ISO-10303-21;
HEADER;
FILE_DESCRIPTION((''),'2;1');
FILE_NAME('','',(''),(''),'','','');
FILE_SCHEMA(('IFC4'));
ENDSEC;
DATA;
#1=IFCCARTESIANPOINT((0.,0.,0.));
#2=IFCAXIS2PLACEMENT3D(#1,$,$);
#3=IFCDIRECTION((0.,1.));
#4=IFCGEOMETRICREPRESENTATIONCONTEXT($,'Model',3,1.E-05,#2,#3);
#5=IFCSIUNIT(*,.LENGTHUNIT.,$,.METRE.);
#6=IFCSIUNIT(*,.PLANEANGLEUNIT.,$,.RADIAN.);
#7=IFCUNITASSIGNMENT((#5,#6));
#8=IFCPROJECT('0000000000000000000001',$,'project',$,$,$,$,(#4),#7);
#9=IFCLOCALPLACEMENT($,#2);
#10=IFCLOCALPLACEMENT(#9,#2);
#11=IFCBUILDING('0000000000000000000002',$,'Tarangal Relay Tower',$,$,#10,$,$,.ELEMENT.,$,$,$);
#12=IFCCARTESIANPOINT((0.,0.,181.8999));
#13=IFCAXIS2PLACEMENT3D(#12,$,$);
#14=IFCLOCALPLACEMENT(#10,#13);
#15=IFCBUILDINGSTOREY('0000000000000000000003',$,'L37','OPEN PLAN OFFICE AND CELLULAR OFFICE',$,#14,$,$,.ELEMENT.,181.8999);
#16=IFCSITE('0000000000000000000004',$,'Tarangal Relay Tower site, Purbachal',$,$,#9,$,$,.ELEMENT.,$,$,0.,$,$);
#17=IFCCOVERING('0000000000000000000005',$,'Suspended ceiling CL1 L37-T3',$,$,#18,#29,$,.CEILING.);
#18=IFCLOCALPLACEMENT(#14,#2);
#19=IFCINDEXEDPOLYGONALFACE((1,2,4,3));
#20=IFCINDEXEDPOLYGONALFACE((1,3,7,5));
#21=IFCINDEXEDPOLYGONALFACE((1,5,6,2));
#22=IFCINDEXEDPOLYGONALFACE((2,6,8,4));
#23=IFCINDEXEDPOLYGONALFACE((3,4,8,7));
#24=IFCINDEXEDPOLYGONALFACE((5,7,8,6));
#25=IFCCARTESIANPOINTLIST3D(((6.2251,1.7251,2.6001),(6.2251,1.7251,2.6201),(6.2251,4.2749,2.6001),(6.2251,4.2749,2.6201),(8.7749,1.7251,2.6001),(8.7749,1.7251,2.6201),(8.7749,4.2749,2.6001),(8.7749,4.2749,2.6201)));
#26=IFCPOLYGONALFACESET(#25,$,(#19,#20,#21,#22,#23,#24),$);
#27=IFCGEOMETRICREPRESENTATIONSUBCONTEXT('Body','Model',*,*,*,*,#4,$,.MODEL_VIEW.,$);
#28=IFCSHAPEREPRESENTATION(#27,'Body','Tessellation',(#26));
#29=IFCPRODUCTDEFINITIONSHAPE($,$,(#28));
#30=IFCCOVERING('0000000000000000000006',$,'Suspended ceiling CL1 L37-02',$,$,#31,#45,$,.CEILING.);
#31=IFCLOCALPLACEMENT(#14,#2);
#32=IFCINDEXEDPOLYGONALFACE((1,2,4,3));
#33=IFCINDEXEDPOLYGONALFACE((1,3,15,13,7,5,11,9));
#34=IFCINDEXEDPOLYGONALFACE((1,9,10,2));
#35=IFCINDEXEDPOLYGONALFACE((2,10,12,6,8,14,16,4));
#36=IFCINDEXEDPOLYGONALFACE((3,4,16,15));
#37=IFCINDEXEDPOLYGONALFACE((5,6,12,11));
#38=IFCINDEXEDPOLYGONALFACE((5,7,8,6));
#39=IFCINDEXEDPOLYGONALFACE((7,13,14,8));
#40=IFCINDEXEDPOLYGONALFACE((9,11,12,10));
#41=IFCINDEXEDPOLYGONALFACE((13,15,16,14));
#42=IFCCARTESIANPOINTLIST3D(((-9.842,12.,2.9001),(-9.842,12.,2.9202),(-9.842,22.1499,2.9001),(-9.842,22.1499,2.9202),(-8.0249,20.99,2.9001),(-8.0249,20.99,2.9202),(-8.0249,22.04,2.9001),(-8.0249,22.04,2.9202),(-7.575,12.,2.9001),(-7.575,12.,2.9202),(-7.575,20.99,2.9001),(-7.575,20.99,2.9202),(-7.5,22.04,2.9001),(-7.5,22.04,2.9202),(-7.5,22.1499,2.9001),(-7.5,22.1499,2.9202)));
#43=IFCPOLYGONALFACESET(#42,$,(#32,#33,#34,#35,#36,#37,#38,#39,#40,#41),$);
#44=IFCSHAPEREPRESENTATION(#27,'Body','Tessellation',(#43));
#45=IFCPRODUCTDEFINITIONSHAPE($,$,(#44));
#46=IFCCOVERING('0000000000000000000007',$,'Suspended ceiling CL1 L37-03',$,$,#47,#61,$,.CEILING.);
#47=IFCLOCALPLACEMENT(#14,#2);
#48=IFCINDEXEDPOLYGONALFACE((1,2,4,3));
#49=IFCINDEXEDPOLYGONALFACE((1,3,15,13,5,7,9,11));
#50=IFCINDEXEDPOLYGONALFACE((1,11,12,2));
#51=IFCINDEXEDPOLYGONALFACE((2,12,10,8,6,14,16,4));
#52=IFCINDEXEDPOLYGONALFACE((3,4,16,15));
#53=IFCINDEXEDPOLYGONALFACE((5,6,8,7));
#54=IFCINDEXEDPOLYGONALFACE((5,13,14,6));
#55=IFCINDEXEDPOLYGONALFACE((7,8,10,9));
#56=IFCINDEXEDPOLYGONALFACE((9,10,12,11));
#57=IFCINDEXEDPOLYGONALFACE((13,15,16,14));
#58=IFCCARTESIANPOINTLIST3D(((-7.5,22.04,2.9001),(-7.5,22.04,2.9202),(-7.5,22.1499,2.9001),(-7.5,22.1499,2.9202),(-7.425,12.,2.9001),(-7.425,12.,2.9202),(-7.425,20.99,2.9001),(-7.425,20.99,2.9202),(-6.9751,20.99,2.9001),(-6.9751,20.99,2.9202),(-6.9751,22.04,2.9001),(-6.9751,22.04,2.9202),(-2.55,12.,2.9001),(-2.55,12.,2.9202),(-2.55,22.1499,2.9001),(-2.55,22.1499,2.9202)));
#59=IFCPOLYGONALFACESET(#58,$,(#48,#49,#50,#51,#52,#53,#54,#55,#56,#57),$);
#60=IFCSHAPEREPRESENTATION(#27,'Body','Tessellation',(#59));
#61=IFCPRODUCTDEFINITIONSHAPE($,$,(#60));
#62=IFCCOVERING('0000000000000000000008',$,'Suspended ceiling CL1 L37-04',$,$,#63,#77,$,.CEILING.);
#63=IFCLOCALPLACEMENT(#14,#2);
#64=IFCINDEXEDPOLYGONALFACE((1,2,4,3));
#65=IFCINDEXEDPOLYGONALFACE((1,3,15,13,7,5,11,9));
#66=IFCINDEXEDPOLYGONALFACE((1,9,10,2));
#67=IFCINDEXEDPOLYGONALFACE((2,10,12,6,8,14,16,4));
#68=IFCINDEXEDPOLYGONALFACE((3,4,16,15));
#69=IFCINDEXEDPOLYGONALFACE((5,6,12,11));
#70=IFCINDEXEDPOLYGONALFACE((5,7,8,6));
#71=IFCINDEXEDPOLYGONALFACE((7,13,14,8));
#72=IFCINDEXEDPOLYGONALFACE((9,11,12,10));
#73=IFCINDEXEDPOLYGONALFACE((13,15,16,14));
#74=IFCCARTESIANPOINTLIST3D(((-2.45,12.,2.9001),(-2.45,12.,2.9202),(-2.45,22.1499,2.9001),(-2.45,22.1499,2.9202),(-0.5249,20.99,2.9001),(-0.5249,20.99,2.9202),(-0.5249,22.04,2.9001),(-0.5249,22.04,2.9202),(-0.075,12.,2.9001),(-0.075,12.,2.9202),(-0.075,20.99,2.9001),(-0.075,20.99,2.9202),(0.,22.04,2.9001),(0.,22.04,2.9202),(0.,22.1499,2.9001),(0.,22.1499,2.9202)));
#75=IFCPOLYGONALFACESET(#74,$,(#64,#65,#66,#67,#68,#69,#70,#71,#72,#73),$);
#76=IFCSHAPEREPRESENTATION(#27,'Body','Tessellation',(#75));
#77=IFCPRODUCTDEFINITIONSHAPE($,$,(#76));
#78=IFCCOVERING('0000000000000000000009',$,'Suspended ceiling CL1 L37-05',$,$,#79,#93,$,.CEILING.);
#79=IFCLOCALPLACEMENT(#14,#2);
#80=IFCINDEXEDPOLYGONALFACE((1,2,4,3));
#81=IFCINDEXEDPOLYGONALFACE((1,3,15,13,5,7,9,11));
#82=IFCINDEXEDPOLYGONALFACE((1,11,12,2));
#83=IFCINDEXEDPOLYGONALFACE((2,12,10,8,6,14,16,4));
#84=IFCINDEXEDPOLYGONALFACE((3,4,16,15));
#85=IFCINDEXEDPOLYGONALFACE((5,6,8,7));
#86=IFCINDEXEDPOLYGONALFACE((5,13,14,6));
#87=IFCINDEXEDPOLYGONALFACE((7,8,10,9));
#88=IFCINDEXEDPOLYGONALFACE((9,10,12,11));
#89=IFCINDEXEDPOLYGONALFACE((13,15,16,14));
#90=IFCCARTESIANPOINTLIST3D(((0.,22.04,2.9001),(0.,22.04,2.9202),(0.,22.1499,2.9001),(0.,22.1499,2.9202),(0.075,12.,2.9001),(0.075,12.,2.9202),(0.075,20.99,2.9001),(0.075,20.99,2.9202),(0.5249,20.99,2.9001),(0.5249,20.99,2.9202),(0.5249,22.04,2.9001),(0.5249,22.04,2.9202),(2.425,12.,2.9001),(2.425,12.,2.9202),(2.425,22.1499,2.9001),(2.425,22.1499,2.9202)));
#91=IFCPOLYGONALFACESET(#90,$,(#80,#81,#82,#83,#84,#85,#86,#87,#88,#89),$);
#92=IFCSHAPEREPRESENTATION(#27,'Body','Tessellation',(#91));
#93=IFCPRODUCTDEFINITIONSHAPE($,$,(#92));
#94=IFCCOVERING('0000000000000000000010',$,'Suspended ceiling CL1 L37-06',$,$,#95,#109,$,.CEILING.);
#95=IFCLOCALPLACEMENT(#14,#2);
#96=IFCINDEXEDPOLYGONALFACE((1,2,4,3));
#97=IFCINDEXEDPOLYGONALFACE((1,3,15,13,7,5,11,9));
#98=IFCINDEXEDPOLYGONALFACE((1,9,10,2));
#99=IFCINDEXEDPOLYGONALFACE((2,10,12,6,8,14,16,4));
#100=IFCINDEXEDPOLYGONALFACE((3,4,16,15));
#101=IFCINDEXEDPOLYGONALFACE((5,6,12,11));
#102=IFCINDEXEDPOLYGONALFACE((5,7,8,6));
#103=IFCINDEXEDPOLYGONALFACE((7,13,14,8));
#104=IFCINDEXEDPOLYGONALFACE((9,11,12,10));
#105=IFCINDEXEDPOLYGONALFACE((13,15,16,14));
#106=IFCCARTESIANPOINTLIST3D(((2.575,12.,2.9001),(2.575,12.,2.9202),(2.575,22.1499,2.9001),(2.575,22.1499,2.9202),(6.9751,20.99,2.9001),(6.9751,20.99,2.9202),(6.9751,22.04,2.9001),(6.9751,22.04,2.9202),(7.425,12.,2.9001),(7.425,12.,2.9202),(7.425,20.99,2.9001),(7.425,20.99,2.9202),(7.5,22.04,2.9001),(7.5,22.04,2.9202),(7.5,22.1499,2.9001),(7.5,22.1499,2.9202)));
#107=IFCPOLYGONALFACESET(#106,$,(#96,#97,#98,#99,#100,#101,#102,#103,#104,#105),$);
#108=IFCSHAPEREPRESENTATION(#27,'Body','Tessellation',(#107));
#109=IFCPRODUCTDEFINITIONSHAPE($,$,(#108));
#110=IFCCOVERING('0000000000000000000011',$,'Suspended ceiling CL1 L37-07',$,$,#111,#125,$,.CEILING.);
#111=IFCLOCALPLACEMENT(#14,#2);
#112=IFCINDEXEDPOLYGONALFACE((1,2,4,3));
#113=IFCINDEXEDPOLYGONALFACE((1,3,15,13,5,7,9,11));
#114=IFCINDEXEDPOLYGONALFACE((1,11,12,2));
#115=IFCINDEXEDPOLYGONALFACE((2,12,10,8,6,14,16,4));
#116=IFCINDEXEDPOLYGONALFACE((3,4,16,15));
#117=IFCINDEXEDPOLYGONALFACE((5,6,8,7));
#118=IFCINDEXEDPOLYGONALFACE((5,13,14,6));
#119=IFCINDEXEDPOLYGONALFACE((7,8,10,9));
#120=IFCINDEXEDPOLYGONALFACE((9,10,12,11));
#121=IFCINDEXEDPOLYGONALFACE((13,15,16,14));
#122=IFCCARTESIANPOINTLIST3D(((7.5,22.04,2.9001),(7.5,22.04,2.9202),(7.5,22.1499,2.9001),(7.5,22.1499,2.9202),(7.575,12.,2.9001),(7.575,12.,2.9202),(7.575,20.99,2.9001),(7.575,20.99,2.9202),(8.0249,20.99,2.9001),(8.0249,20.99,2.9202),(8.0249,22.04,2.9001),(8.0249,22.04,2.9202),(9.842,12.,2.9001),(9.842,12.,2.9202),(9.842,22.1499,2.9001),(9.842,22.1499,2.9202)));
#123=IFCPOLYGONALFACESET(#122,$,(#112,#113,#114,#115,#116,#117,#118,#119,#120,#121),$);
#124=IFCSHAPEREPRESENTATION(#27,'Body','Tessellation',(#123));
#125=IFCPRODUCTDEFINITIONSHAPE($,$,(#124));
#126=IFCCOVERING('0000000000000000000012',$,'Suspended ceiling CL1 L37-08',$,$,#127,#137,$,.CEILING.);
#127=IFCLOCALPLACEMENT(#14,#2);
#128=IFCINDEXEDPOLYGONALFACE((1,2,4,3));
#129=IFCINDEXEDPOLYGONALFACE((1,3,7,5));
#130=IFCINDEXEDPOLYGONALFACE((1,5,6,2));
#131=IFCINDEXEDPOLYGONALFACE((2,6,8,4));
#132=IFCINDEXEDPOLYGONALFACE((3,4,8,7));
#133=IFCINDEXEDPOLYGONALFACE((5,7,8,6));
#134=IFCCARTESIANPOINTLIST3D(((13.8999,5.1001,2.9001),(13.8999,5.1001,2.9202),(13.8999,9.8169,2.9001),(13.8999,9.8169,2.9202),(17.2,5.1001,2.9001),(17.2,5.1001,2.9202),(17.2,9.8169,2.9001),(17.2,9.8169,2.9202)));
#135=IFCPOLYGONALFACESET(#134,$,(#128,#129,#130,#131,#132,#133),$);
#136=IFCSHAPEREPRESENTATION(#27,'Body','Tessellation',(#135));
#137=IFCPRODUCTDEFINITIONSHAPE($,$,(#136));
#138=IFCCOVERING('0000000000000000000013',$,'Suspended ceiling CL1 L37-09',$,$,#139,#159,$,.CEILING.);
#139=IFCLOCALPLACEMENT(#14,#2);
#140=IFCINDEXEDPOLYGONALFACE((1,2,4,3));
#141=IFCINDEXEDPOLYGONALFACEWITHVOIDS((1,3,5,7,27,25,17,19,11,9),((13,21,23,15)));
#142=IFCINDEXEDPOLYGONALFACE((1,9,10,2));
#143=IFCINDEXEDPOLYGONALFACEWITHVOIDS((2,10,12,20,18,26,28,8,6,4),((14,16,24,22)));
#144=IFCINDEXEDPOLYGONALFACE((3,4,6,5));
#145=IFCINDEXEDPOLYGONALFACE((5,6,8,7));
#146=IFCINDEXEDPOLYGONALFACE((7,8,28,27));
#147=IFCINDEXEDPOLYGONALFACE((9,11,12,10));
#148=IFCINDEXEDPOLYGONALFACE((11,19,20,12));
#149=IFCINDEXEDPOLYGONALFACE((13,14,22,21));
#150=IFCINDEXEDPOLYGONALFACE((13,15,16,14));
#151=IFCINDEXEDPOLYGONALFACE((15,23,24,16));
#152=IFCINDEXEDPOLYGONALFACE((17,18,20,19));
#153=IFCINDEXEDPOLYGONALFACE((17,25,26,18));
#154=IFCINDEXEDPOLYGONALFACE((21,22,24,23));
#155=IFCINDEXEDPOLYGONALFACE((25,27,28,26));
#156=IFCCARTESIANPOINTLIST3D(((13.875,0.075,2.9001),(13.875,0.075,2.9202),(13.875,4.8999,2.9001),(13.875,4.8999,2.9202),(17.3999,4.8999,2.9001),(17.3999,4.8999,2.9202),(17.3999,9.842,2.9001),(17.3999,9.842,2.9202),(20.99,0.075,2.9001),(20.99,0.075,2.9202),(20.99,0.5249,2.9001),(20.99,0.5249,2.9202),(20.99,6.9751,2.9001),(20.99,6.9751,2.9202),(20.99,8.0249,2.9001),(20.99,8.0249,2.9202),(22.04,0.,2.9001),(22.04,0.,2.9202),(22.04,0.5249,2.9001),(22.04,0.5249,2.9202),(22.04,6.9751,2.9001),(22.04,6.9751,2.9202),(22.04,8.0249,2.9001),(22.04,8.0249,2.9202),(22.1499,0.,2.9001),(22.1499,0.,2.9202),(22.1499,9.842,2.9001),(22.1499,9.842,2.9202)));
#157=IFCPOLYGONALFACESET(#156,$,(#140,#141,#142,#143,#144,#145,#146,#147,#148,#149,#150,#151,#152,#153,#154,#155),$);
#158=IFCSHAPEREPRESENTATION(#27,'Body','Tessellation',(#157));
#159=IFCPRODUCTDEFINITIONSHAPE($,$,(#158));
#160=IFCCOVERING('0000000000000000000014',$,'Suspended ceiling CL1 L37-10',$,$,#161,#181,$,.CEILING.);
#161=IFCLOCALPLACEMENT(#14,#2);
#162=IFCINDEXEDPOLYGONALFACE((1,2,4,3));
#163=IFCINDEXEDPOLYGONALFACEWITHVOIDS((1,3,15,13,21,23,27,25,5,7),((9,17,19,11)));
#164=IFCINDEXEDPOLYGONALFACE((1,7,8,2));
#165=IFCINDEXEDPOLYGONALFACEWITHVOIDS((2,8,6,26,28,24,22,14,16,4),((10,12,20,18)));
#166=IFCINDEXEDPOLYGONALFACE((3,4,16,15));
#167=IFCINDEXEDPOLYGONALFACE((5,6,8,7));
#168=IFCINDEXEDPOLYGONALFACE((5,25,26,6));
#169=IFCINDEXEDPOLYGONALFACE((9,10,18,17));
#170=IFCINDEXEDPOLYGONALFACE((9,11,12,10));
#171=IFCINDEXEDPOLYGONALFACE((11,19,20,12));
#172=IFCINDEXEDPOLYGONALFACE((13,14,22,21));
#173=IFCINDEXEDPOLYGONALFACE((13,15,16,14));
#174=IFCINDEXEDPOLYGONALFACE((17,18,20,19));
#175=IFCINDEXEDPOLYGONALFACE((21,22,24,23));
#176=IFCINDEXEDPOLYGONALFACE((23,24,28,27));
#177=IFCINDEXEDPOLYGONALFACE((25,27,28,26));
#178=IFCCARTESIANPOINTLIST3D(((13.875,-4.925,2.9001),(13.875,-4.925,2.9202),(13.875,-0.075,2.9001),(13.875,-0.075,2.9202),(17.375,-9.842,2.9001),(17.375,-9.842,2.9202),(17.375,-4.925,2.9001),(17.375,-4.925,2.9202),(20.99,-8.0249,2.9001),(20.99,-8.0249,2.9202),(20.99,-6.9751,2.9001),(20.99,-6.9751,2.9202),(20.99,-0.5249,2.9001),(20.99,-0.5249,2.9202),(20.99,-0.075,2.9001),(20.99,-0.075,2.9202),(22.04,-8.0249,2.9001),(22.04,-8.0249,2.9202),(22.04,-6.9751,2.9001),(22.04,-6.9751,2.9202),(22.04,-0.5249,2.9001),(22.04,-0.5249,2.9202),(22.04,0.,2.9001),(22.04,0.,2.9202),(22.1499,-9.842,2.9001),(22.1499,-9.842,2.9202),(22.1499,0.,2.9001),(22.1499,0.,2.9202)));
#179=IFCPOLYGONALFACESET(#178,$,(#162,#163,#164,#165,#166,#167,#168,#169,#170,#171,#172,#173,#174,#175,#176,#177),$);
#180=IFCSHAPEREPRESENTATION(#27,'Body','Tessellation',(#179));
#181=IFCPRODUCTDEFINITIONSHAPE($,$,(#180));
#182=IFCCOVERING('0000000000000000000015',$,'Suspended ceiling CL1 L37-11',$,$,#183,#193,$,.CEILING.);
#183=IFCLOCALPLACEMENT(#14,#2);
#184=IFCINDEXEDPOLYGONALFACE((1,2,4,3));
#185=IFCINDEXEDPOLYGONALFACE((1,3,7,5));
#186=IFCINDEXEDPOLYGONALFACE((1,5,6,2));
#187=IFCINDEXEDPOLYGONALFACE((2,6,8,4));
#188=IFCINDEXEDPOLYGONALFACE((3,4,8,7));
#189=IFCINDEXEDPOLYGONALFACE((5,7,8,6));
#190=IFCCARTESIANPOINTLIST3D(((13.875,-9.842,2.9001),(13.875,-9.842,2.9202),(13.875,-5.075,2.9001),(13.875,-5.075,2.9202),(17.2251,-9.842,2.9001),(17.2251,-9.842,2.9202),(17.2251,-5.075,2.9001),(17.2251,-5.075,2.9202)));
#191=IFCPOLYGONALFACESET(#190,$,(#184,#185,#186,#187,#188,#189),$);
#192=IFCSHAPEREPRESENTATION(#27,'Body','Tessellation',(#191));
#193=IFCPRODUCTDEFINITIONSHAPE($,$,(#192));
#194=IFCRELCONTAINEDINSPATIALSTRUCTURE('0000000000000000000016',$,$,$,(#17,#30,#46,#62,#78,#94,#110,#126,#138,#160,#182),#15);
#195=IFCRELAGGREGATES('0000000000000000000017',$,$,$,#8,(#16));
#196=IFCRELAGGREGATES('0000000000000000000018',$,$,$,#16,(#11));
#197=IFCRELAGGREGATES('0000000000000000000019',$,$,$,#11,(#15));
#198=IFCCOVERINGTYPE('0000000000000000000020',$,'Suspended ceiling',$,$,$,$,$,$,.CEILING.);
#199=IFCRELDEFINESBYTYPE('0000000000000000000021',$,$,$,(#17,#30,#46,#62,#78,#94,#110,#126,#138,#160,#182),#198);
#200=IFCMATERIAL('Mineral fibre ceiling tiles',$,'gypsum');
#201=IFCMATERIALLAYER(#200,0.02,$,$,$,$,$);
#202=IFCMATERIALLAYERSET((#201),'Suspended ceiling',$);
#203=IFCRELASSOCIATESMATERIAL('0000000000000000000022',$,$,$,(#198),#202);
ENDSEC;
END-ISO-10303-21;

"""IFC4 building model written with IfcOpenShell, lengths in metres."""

from ifc_helpers import new_model, si_unit, direction, frame, origin, place, context, subcontext, project, spatial, polyline, outline, extrude, material, layer, layer_set, type_object, element, save


model = new_model("IFC4")

# Units and contexts
model_context = context("Model", 3, precision=1e-05, world=origin(), true_north=direction((0.0, 1.0)))
body_context = subcontext(model_context, "Body", "Model", "MODEL_VIEW")
ifc_project = project(units=[si_unit("LENGTHUNIT", "METRE"), si_unit("PLANEANGLEUNIT", "RADIAN")], contexts=[model_context])

# Site, building, storey
site_placement = place(None, origin())
site = spatial("IfcSite", under=ifc_project, at=site_placement, Name="Tarangal Relay Tower site, Purbachal", CompositionType="ELEMENT", RefElevation=0.0)
building_placement = place(site_placement, origin())
building = spatial("IfcBuilding", under=site, at=building_placement, Name="Tarangal Relay Tower", CompositionType="ELEMENT")
storey_placement = place(building_placement, frame((0.0, 0.0, 181.8999)))
storey = spatial("IfcBuildingStorey", under=building, at=storey_placement, Name="L37", Description="OPEN PLAN OFFICE AND CELLULAR OFFICE", CompositionType="ELEMENT", Elevation=181.8999)

# Coverings
ifc_material_1 = material(Name="Mineral fibre ceiling tiles", Category="gypsum")
ifc_layer_1 = layer(ifc_material_1, 0.02)
ifc_layer_set_1 = layer_set([ifc_layer_1], Name="Suspended ceiling")
covering_type_1 = type_object("IfcCoveringType", Name="Suspended ceiling", PredefinedType="CEILING", material=ifc_layer_set_1)
covering_1_placement = place(storey_placement, frame((0.0, 0.0, 2.6001)))
element("IfcCovering", 1, at=covering_1_placement, inside=storey, type_object=covering_type_1, Name="Suspended ceiling CL1 L37-T3", PredefinedType="CEILING", context=body_context, shape_type="SweptSolid", body=[
    extrude(outline(polyline([(6.2251, 1.7251), (8.7749, 1.7251), (8.7749, 4.2749), (6.2251, 4.2749), (6.2251, 1.7251)])), origin(), (0.0, 0.0, 1.0), 0.02),
])
covering_2_placement = place(storey_placement, frame((0.0, 0.0, 2.9001)))
element("IfcCovering", 2, at=covering_2_placement, inside=storey, type_object=covering_type_1, Name="Suspended ceiling CL1 L37-02", PredefinedType="CEILING", context=body_context, shape_type="SweptSolid", body=[
    extrude(outline(polyline([(-7.575, 20.99), (-8.0249, 20.99), (-8.0249, 22.04), (-7.5, 22.04), (-7.5, 22.1499), (-9.842, 22.1499), (-9.842, 12.0), (-7.575, 12.0), (-7.575, 20.99)])), origin(), (0.0, 0.0, 1.0), 0.02),
])
covering_3_placement = place(storey_placement, frame((0.0, 0.0, 2.9001)))
element("IfcCovering", 3, at=covering_3_placement, inside=storey, type_object=covering_type_1, Name="Suspended ceiling CL1 L37-03", PredefinedType="CEILING", context=body_context, shape_type="SweptSolid", body=[
    extrude(outline(polyline([(-7.425, 12.0), (-2.55, 12.0), (-2.55, 22.1499), (-7.5, 22.1499), (-7.5, 22.04), (-6.9751, 22.04), (-6.9751, 20.99), (-7.425, 20.99), (-7.425, 12.0)])), origin(), (0.0, 0.0, 1.0), 0.02),
])
covering_4_placement = place(storey_placement, frame((0.0, 0.0, 2.9001)))
element("IfcCovering", 4, at=covering_4_placement, inside=storey, type_object=covering_type_1, Name="Suspended ceiling CL1 L37-04", PredefinedType="CEILING", context=body_context, shape_type="SweptSolid", body=[
    extrude(outline(polyline([(-0.075, 20.99), (-0.5249, 20.99), (-0.5249, 22.04), (0.0, 22.04), (0.0, 22.1499), (-2.45, 22.1499), (-2.45, 12.0), (-0.075, 12.0), (-0.075, 20.99)])), origin(), (0.0, 0.0, 1.0), 0.02),
])
covering_5_placement = place(storey_placement, frame((0.0, 0.0, 2.9001)))
element("IfcCovering", 5, at=covering_5_placement, inside=storey, type_object=covering_type_1, Name="Suspended ceiling CL1 L37-05", PredefinedType="CEILING", context=body_context, shape_type="SweptSolid", body=[
    extrude(outline(polyline([(0.075, 12.0), (2.425, 12.0), (2.425, 22.1499), (0.0, 22.1499), (0.0, 22.04), (0.5249, 22.04), (0.5249, 20.99), (0.075, 20.99), (0.075, 12.0)])), origin(), (0.0, 0.0, 1.0), 0.02),
])
covering_6_placement = place(storey_placement, frame((0.0, 0.0, 2.9001)))
element("IfcCovering", 6, at=covering_6_placement, inside=storey, type_object=covering_type_1, Name="Suspended ceiling CL1 L37-06", PredefinedType="CEILING", context=body_context, shape_type="SweptSolid", body=[
    extrude(outline(polyline([(7.425, 20.99), (6.9751, 20.99), (6.9751, 22.04), (7.5, 22.04), (7.5, 22.1499), (2.575, 22.1499), (2.575, 12.0), (7.425, 12.0), (7.425, 20.99)])), origin(), (0.0, 0.0, 1.0), 0.02),
])
covering_7_placement = place(storey_placement, frame((0.0, 0.0, 2.9001)))
element("IfcCovering", 7, at=covering_7_placement, inside=storey, type_object=covering_type_1, Name="Suspended ceiling CL1 L37-07", PredefinedType="CEILING", context=body_context, shape_type="SweptSolid", body=[
    extrude(outline(polyline([(7.575, 12.0), (9.842, 12.0), (9.842, 22.1499), (7.5, 22.1499), (7.5, 22.04), (8.0249, 22.04), (8.0249, 20.99), (7.575, 20.99), (7.575, 12.0)])), origin(), (0.0, 0.0, 1.0), 0.02),
])
covering_8_placement = place(storey_placement, frame((0.0, 0.0, 2.9001)))
element("IfcCovering", 8, at=covering_8_placement, inside=storey, type_object=covering_type_1, Name="Suspended ceiling CL1 L37-08", PredefinedType="CEILING", context=body_context, shape_type="SweptSolid", body=[
    extrude(outline(polyline([(17.2, 9.8169), (13.8999, 9.8169), (13.8999, 5.1001), (17.2, 5.1001), (17.2, 9.8169)])), origin(), (0.0, 0.0, 1.0), 0.02),
])
covering_9_placement = place(storey_placement, frame((0.0, 0.0, 2.9001)))
element("IfcCovering", 9, at=covering_9_placement, inside=storey, type_object=covering_type_1, Name="Suspended ceiling CL1 L37-09", PredefinedType="CEILING", context=body_context, shape_type="SweptSolid", body=[
    extrude(outline(polyline([(22.1499, 0.0), (22.1499, 9.842), (17.3999, 9.842), (17.3999, 4.8999), (13.875, 4.8999), (13.875, 0.075), (20.99, 0.075), (20.99, 0.5249), (22.04, 0.5249), (22.04, 0.0), (22.1499, 0.0)]), holes=[polyline([(22.04, 6.9751), (22.04, 8.0249), (20.99, 8.0249), (20.99, 6.9751), (22.04, 6.9751)])]), origin(), (0.0, 0.0, 1.0), 0.02),
])
covering_10_placement = place(storey_placement, frame((0.0, 0.0, 2.9001)))
element("IfcCovering", 10, at=covering_10_placement, inside=storey, type_object=covering_type_1, Name="Suspended ceiling CL1 L37-10", PredefinedType="CEILING", context=body_context, shape_type="SweptSolid", body=[
    extrude(outline(polyline([(22.1499, 0.0), (22.04, 0.0), (22.04, -0.5249), (20.99, -0.5249), (20.99, -0.075), (13.875, -0.075), (13.875, -4.925), (17.375, -4.925), (17.375, -9.842), (22.1499, -9.842), (22.1499, 0.0)]), holes=[polyline([(22.04, -8.0249), (22.04, -6.9751), (20.99, -6.9751), (20.99, -8.0249), (22.04, -8.0249)])]), origin(), (0.0, 0.0, 1.0), 0.02),
])
covering_11_placement = place(storey_placement, frame((0.0, 0.0, 2.9001)))
element("IfcCovering", 11, at=covering_11_placement, inside=storey, type_object=covering_type_1, Name="Suspended ceiling CL1 L37-11", PredefinedType="CEILING", context=body_context, shape_type="SweptSolid", body=[
    extrude(outline(polyline([(13.875, -5.075), (13.875, -9.842), (17.2251, -9.842), (17.2251, -5.075), (13.875, -5.075)])), origin(), (0.0, 0.0, 1.0), 0.02),
])

save(model, "model.ifc")
